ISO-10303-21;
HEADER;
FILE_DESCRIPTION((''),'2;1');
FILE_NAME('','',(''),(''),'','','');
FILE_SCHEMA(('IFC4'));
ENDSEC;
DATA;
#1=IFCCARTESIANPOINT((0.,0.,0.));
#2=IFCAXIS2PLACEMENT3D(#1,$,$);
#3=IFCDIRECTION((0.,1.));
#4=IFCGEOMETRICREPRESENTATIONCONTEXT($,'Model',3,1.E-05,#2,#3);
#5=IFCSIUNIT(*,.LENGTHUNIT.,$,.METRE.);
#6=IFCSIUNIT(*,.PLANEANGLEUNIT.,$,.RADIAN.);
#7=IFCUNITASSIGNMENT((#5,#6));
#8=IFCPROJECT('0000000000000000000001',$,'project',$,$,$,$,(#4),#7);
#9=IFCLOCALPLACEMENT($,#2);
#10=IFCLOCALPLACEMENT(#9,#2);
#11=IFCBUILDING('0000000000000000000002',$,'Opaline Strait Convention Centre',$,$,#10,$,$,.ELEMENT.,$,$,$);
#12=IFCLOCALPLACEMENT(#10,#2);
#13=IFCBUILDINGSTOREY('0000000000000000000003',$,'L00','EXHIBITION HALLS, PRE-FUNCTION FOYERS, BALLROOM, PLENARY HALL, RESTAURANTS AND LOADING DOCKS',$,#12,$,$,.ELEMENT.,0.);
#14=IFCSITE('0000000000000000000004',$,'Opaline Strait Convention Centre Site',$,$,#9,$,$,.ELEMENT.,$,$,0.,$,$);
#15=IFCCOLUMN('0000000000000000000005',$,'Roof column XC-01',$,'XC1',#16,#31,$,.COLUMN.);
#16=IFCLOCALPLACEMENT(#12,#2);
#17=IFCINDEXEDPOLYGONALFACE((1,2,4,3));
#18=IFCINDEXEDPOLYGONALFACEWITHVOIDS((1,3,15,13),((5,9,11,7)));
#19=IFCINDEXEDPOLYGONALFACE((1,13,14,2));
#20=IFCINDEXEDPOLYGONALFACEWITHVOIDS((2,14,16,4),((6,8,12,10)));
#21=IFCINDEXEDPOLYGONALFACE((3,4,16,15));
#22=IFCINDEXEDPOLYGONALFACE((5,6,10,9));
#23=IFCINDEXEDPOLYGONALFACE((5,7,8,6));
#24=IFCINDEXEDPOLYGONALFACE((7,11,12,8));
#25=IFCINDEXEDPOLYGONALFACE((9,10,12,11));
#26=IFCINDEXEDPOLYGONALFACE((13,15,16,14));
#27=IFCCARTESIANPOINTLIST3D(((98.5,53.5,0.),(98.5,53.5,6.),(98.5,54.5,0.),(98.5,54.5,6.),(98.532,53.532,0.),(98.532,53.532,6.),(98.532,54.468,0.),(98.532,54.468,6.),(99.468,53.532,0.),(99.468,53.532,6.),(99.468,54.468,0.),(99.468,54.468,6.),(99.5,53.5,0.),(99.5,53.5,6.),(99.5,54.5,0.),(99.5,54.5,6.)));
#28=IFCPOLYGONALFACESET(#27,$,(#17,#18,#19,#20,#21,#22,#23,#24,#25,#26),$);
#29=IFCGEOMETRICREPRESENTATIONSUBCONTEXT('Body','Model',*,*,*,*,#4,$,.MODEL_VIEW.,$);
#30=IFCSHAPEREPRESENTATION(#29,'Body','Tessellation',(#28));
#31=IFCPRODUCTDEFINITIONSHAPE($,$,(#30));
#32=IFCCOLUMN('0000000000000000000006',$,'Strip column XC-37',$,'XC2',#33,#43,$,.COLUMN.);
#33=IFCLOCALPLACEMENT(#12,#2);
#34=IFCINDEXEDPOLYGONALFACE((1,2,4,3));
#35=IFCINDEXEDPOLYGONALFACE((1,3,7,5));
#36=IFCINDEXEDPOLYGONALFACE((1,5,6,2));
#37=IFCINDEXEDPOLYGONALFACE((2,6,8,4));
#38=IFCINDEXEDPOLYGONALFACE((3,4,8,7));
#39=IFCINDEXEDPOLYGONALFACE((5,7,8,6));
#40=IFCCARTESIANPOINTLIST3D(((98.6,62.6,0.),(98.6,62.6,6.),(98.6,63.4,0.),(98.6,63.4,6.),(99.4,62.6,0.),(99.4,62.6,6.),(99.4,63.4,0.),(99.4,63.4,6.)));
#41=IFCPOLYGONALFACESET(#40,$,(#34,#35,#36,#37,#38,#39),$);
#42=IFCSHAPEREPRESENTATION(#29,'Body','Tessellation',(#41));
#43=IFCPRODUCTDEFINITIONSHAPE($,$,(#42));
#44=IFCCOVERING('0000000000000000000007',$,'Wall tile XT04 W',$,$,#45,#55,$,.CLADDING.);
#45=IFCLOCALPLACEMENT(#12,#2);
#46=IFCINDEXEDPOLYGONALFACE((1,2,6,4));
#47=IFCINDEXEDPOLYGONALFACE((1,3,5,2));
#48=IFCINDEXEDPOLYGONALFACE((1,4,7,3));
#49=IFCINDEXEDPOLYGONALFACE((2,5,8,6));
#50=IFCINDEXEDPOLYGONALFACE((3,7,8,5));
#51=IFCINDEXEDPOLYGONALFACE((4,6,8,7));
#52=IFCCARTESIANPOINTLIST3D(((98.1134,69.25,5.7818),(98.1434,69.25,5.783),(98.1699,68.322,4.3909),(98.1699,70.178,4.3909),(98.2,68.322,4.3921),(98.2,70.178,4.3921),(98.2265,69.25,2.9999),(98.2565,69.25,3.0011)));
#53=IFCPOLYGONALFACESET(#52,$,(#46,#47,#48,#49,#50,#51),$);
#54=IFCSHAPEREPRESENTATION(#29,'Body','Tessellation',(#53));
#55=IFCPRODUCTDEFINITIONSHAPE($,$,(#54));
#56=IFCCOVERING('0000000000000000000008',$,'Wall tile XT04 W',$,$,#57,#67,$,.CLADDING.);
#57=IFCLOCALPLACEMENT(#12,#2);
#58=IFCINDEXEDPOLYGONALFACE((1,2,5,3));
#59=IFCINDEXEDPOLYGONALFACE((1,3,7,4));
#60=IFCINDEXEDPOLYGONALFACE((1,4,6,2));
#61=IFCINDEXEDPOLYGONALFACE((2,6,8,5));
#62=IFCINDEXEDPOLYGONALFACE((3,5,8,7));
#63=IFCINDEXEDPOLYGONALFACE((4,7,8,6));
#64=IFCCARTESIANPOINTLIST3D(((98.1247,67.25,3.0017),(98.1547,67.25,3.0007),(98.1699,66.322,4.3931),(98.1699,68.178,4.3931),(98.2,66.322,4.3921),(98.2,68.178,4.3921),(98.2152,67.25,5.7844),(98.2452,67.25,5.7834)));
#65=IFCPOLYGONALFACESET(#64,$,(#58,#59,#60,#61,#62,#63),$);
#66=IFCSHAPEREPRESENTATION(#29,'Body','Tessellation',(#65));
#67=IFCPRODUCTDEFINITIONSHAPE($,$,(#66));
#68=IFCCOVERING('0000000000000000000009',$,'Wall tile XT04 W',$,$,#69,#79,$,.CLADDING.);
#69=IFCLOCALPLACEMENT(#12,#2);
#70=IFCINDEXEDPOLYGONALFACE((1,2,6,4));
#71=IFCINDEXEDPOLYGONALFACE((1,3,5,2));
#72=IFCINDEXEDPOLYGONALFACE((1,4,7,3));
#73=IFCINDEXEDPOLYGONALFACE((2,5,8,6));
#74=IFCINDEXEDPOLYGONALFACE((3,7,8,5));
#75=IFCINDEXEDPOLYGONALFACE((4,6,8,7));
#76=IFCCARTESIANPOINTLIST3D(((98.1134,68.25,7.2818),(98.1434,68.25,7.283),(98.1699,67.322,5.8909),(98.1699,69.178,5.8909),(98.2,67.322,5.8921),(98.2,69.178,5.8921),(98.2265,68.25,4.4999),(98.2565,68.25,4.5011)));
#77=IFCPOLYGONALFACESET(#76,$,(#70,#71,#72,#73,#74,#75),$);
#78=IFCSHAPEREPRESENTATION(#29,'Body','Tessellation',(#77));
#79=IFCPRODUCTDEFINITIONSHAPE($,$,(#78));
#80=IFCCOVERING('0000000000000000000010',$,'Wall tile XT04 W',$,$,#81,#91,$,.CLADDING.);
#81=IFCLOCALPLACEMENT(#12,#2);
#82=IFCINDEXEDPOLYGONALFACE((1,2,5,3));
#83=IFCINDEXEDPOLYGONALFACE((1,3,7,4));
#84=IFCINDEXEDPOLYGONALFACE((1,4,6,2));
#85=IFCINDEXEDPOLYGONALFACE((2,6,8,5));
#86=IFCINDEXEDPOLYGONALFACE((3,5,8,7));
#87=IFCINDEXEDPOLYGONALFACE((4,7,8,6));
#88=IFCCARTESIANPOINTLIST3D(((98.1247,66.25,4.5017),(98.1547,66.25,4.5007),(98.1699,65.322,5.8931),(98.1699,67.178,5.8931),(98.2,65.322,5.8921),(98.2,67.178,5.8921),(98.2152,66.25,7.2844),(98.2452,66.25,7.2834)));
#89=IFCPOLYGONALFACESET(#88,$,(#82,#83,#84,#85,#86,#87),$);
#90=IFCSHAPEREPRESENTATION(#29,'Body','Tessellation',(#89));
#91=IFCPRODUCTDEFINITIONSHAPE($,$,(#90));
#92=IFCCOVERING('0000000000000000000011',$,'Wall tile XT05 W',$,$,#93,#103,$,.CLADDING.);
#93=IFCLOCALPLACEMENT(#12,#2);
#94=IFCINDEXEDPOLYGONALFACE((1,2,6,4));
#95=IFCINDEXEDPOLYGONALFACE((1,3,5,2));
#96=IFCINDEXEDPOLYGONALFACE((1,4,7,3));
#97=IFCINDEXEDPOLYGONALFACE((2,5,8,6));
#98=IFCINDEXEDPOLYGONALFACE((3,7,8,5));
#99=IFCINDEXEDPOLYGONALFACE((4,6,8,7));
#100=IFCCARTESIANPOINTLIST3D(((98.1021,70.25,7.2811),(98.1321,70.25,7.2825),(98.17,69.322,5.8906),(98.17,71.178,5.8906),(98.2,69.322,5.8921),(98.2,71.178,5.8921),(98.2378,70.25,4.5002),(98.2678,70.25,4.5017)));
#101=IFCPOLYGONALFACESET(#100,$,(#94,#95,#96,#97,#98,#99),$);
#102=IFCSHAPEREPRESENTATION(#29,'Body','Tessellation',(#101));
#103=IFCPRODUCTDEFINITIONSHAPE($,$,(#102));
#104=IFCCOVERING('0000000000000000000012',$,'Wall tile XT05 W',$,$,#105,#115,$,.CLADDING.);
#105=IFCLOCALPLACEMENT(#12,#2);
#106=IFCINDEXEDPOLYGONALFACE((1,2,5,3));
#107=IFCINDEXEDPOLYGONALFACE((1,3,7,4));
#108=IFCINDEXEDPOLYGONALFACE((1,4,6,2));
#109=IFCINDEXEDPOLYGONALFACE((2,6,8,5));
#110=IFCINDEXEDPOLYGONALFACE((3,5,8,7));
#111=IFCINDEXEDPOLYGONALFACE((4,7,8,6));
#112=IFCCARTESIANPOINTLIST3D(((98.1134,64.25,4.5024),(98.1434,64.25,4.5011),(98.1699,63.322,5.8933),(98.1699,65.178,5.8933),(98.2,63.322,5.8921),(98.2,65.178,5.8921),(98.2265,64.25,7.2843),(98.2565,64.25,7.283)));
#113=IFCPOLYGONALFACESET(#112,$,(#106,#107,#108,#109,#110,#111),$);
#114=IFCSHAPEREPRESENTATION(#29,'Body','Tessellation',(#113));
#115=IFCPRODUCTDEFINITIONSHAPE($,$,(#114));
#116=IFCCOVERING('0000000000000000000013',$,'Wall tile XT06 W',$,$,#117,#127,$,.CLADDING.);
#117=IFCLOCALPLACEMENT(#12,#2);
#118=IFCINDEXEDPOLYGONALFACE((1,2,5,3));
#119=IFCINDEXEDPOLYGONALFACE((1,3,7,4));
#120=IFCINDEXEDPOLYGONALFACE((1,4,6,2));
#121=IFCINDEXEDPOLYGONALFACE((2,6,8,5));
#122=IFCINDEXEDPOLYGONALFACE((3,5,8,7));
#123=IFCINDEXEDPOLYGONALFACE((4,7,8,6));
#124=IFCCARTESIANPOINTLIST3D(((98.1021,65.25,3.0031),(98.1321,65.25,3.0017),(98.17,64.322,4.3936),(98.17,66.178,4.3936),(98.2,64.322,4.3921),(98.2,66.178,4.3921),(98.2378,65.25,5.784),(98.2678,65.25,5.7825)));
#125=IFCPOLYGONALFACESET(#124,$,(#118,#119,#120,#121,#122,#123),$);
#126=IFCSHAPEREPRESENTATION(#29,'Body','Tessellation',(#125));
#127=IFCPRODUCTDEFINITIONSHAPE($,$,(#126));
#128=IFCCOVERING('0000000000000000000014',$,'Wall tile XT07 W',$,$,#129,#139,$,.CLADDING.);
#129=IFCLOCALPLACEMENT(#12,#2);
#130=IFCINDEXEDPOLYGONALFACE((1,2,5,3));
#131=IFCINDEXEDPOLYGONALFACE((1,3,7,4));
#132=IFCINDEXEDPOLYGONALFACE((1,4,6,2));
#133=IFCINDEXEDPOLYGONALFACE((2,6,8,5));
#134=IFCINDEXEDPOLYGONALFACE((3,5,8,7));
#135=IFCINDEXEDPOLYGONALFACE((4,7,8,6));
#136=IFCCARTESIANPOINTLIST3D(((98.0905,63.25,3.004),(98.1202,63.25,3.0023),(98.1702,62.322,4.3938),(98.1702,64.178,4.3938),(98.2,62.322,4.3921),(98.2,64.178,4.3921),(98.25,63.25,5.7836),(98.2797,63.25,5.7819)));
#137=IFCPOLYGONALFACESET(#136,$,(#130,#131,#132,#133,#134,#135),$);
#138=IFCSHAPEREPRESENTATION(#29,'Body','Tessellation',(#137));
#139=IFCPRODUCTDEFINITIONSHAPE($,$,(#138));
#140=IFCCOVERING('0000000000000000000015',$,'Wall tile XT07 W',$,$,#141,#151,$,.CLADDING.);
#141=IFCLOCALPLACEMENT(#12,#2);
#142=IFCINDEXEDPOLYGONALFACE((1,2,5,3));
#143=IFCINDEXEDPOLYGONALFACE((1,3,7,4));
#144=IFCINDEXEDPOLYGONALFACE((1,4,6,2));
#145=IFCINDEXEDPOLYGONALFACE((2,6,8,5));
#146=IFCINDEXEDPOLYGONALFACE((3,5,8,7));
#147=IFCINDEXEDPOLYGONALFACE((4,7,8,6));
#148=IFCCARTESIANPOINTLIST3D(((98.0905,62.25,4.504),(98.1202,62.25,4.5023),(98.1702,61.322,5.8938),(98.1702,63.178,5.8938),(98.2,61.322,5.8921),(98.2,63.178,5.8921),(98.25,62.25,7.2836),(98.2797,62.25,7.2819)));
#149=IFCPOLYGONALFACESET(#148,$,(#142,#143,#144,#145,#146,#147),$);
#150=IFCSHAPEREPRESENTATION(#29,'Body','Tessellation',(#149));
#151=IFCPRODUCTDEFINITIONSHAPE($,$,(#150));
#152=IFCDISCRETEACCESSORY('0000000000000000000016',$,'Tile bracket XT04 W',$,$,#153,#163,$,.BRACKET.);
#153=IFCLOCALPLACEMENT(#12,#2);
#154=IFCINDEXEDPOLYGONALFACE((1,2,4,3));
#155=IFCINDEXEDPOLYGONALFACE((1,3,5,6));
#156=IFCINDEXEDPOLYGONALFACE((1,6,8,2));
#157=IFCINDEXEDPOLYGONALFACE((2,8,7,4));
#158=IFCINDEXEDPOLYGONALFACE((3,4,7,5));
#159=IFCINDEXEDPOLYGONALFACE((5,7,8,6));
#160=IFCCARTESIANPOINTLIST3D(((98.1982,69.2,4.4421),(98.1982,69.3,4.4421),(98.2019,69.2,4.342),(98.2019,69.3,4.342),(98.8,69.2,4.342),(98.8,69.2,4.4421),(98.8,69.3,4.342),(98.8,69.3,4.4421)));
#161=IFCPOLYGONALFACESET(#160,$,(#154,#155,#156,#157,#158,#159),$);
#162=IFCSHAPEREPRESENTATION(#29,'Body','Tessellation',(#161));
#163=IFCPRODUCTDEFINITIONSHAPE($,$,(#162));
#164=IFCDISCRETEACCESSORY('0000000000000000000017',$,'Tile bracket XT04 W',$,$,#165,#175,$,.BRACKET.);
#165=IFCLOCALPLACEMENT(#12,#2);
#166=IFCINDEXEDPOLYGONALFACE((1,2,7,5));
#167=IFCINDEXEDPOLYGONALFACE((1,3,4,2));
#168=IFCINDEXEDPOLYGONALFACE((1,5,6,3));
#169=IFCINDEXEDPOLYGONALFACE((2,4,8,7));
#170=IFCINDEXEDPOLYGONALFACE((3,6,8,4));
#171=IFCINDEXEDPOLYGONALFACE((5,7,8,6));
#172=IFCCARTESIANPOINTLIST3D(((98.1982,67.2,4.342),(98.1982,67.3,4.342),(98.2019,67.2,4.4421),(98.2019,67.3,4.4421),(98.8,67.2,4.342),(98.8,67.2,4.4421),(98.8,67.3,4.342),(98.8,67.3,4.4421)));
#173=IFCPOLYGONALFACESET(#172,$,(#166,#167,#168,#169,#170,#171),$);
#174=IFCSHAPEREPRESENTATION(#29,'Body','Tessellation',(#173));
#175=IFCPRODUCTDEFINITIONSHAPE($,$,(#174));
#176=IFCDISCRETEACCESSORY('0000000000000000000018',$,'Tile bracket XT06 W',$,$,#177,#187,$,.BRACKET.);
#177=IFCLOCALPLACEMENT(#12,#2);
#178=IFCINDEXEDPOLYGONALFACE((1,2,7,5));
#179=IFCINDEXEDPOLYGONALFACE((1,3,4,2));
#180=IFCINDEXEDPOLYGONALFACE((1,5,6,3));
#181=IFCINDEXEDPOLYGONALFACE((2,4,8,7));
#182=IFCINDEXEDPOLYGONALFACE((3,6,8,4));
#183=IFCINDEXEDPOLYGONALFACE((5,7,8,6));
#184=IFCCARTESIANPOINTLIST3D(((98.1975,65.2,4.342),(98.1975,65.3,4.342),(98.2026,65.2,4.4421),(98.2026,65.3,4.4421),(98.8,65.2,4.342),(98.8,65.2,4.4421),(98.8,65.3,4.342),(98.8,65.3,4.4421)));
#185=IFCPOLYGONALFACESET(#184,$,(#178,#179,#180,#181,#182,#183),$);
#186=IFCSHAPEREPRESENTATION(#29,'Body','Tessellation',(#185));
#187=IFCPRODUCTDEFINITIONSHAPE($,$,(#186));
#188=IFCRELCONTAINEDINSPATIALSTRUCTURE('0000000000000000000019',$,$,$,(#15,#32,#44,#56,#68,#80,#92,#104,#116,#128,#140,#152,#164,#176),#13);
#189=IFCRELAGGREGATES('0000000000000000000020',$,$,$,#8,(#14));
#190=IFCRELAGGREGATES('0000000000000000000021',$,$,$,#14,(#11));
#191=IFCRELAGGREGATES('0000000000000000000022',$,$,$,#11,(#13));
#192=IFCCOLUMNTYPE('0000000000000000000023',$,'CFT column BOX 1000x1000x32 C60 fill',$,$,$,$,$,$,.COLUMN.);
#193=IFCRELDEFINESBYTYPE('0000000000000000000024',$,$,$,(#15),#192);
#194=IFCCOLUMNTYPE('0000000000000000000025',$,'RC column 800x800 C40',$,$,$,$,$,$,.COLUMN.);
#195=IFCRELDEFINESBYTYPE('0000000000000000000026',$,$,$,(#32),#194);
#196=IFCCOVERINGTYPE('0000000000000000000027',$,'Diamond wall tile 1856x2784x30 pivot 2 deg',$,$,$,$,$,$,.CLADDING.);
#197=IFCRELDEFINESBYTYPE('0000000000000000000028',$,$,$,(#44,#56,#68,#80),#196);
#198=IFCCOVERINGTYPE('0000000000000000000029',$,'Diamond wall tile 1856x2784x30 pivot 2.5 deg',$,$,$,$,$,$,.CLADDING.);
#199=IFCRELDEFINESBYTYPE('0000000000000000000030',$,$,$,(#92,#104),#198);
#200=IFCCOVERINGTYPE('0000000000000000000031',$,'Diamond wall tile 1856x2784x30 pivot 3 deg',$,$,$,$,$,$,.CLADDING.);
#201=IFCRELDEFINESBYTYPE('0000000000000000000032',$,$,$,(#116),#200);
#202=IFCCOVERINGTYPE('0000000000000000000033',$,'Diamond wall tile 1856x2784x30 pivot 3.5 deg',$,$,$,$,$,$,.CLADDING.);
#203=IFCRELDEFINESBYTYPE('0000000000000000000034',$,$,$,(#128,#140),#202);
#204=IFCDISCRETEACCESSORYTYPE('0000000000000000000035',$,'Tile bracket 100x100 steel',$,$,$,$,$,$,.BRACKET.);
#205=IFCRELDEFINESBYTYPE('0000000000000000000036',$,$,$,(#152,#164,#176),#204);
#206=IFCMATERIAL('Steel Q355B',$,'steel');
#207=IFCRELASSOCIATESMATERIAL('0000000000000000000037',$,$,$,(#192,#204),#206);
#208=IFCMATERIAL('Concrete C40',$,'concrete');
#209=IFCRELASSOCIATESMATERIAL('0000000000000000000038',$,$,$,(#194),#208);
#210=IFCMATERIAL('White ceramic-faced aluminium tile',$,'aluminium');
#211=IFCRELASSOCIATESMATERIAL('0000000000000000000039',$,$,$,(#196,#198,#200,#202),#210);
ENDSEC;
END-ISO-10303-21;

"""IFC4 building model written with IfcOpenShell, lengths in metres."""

from ifc_helpers import new_model, si_unit, direction, frame, origin, origin_2d, place, context, subcontext, project, spatial, polyline, rectangle, hollow_rectangle, outline, extrude, material, material_profile, profile_set, type_object, element, save


model = new_model("IFC4")

# Units and contexts
model_context = context("Model", 3, precision=1e-05, world=origin(), true_north=direction((0.0, 1.0)))
body_context = subcontext(model_context, "Body", "Model", "MODEL_VIEW")
ifc_project = project(units=[si_unit("LENGTHUNIT", "METRE"), si_unit("PLANEANGLEUNIT", "RADIAN")], contexts=[model_context])

# Site, building, storey
site_placement = place(None, origin())
site = spatial("IfcSite", under=ifc_project, at=site_placement, Name="Opaline Strait Convention Centre Site", CompositionType="ELEMENT", RefElevation=0.0)
building_placement = place(site_placement, origin())
building = spatial("IfcBuilding", under=site, at=building_placement, Name="Opaline Strait Convention Centre", CompositionType="ELEMENT")
storey_placement = place(building_placement, origin())
storey = spatial("IfcBuildingStorey", under=building, at=storey_placement, Name="L00", Description="EXHIBITION HALLS, PRE-FUNCTION FOYERS, BALLROOM, PLENARY HALL, RESTAURANTS AND LOADING DOCKS", CompositionType="ELEMENT", Elevation=0.0)

# Columns
ifc_material_1 = material(Name="Steel Q355B", Category="steel")
ifc_material_profile_1 = material_profile(ifc_material_1, hollow_rectangle(XDim=1.0, YDim=1.0, WallThickness=0.032, at=origin_2d()), Name="BOX 1000x1000x32")
ifc_profile_set_1 = profile_set([ifc_material_profile_1], Name="Steel Q355B")
column_type_1 = type_object("IfcColumnType", Name="CFT column BOX 1000x1000x32 C60 fill", PredefinedType="COLUMN", material=ifc_profile_set_1)
column_1_placement = place(storey_placement, frame((99.0, 54.0, 0.0), z_axis=(0.0, 0.0, 1.0), x_axis=(1.0, 0.0, 0.0)))
element("IfcColumn", 1, at=column_1_placement, inside=storey, type_object=column_type_1, Name="Roof column XC-01", ObjectType="XC1", PredefinedType="COLUMN", context=body_context, shape_type="SweptSolid", body=[
    extrude(hollow_rectangle(XDim=1.0, YDim=1.0, WallThickness=0.032, at=origin_2d()), origin(), (0.0, 0.0, 1.0), 6.0),
])
ifc_material_2 = material(Name="Concrete C40", Category="concrete")
ifc_material_profile_2 = material_profile(ifc_material_2, rectangle(XDim=0.8, YDim=0.8, at=origin_2d()), Name="RC 800x800")
ifc_profile_set_2 = profile_set([ifc_material_profile_2], Name="Concrete C40")
column_type_2 = type_object("IfcColumnType", Name="RC column 800x800 C40", PredefinedType="COLUMN", material=ifc_profile_set_2)
column_2_placement = place(storey_placement, frame((99.0, 63.0, 0.0), z_axis=(0.0, 0.0, 1.0), x_axis=(1.0, 0.0, 0.0)))
element("IfcColumn", 2, at=column_2_placement, inside=storey, type_object=column_type_2, Name="Strip column XC-37", ObjectType="XC2", PredefinedType="COLUMN", context=body_context, shape_type="SweptSolid", body=[
    extrude(rectangle(XDim=0.8, YDim=0.8, at=origin_2d()), origin(), (0.0, 0.0, 1.0), 6.0),
])

# Coverings
ifc_material_3 = material(Name="White ceramic-faced aluminium tile", Category="aluminium")
ifc_material_profile_3 = material_profile(ifc_material_3, outline(polyline([(0.928, 0.0), (0.0, 1.3921), (-0.928, 0.0), (0.0, -1.3921), (0.928, 0.0)])), Name="Diamond tile 1856x2784")
ifc_profile_set_3 = profile_set([ifc_material_profile_3], Name="White ceramic-faced aluminium tile")
covering_type_1 = type_object("IfcCoveringType", Name="Diamond wall tile 1856x2784x30 pivot 2 deg", PredefinedType="CLADDING", material=ifc_profile_set_3)
for number, where, z_axis, x_axis, name in (
    (3, (98.2, 69.25, 4.3921), (-0.999175, 0.0, -0.040617), (0.0, -1.0, 0.0), "Wall tile XT04 W"),
    (4, (98.2, 67.25, 4.3921), (-0.999472, 0.0, 0.032503), (0.0, -1.0, 0.0), "Wall tile XT04 W"),
    (5, (98.2, 68.25, 5.8921), (-0.999175, 0.0, -0.040617), (0.0, -1.0, 0.0), "Wall tile XT04 W"),
    (6, (98.2, 66.25, 5.8921), (-0.999472, 0.0, 0.032503), (0.0, -1.0, 0.0), "Wall tile XT04 W"),
):
    element("IfcCovering", number, at=place(storey_placement, frame(where, z_axis=z_axis, x_axis=x_axis)), inside=storey, type_object=covering_type_1, Name=name, PredefinedType="CLADDING", context=body_context, shape_type="SweptSolid", body=[
        extrude(outline(polyline([(0.928, 0.0), (0.0, 1.3921), (-0.928, 0.0), (0.0, -1.3921), (0.928, 0.0)])), origin(), (0.0, 0.0, 1.0), 0.03),
    ])
ifc_material_profile_4 = material_profile(ifc_material_3, outline(polyline([(0.928, 0.0), (0.0, 1.3921), (-0.928, 0.0), (0.0, -1.3921), (0.928, 0.0)])), Name="Diamond tile 1856x2784")
ifc_profile_set_4 = profile_set([ifc_material_profile_4], Name="White ceramic-faced aluminium tile")
covering_type_2 = type_object("IfcCoveringType", Name="Diamond wall tile 1856x2784x30 pivot 2.5 deg", PredefinedType="CLADDING", material=ifc_profile_set_4)
for number, where, z_axis, x_axis, name in (
    (7, (98.2, 70.25, 5.8921), (-0.998812, 0.0, -0.048723), (0.0, -1.0, 0.0), "Wall tile XT05 W"),
    (8, (98.2, 64.25, 5.8921), (-0.999175, 0.0, 0.040617), (0.0, -1.0, 0.0), "Wall tile XT05 W"),
):
    element("IfcCovering", number, at=place(storey_placement, frame(where, z_axis=z_axis, x_axis=x_axis)), inside=storey, type_object=covering_type_2, Name=name, PredefinedType="CLADDING", context=body_context, shape_type="SweptSolid", body=[
        extrude(outline(polyline([(0.928, 0.0), (0.0, 1.3921), (-0.928, 0.0), (0.0, -1.3921), (0.928, 0.0)])), origin(), (0.0, 0.0, 1.0), 0.03),
    ])
ifc_material_profile_5 = material_profile(ifc_material_3, outline(polyline([(0.928, 0.0), (0.0, 1.3921), (-0.928, 0.0), (0.0, -1.3921), (0.928, 0.0)])), Name="Diamond tile 1856x2784")
ifc_profile_set_5 = profile_set([ifc_material_profile_5], Name="White ceramic-faced aluminium tile")
covering_type_3 = type_object("IfcCoveringType", Name="Diamond wall tile 1856x2784x30 pivot 3 deg", PredefinedType="CLADDING", material=ifc_profile_set_5)
covering_placement = place(storey_placement, frame((98.2, 65.25, 4.3921), z_axis=(-0.998812, 0.0, 0.048723), x_axis=(0.0, -1.0, 0.0)))
element("IfcCovering", 9, at=covering_placement, inside=storey, type_object=covering_type_3, Name="Wall tile XT06 W", PredefinedType="CLADDING", context=body_context, shape_type="SweptSolid", body=[
    extrude(outline(polyline([(0.928, 0.0), (0.0, 1.3921), (-0.928, 0.0), (0.0, -1.3921), (0.928, 0.0)])), origin(), (0.0, 0.0, 1.0), 0.03),
])
ifc_material_profile_6 = material_profile(ifc_material_3, outline(polyline([(0.928, 0.0), (0.0, 1.3921), (-0.928, 0.0), (0.0, -1.3921), (0.928, 0.0)])), Name="Diamond tile 1856x2784")
ifc_profile_set_6 = profile_set([ifc_material_profile_6], Name="White ceramic-faced aluminium tile")
covering_type_4 = type_object("IfcCoveringType", Name="Diamond wall tile 1856x2784x30 pivot 3.5 deg", PredefinedType="CLADDING", material=ifc_profile_set_6)
for number, where, z_axis, x_axis, name in (
    (10, (98.2, 63.25, 4.3921), (-0.998358, 0.0, 0.057283), (0.0, -1.0, 0.0), "Wall tile XT07 W"),
    (11, (98.2, 62.25, 5.8921), (-0.998358, 0.0, 0.057283), (0.0, -1.0, 0.0), "Wall tile XT07 W"),
):
    element("IfcCovering", number, at=place(storey_placement, frame(where, z_axis=z_axis, x_axis=x_axis)), inside=storey, type_object=covering_type_4, Name=name, PredefinedType="CLADDING", context=body_context, shape_type="SweptSolid", body=[
        extrude(outline(polyline([(0.928, 0.0), (0.0, 1.3921), (-0.928, 0.0), (0.0, -1.3921), (0.928, 0.0)])), origin(), (0.0, 0.0, 1.0), 0.0298),
    ])

# Discrete accessories
discrete_accessory_type = type_object("IfcDiscreteAccessoryType", Name="Tile bracket 100x100 steel", PredefinedType="BRACKET", material=ifc_material_1)
discrete_accessory_1_placement = place(storey_placement, frame((98.8, 69.3, 4.3921), z_axis=(0.0, -1.0, 0.0), x_axis=(1.0, 0.0, 0.0)))
element("IfcDiscreteAccessory", 12, at=discrete_accessory_1_placement, inside=storey, type_object=discrete_accessory_type, Name="Tile bracket XT04 W", PredefinedType="BRACKET", context=body_context, shape_type="SweptSolid", body=[
    extrude(outline(polyline([(0.0, -0.05), (0.0, 0.05), (-0.6018, 0.05), (-0.5981, -0.05), (0.0, -0.05)])), origin(), (0.0, 0.0, 1.0), 0.1001),
])
discrete_accessory_2_placement = place(storey_placement, frame((98.8, 67.3, 4.3921), z_axis=(0.0, -1.0, 0.0), x_axis=(1.0, 0.0, 0.0)))
element("IfcDiscreteAccessory", 13, at=discrete_accessory_2_placement, inside=storey, type_object=discrete_accessory_type, Name="Tile bracket XT04 W", PredefinedType="BRACKET", context=body_context, shape_type="SweptSolid", body=[
    extrude(outline(polyline([(0.0, -0.05), (0.0, 0.05), (-0.5981, 0.05), (-0.6018, -0.05), (0.0, -0.05)])), origin(), (0.0, 0.0, 1.0), 0.1001),
])
discrete_accessory_3_placement = place(storey_placement, frame((98.8, 65.3, 4.3921), z_axis=(0.0, -1.0, 0.0), x_axis=(1.0, 0.0, 0.0)))
element("IfcDiscreteAccessory", 14, at=discrete_accessory_3_placement, inside=storey, type_object=discrete_accessory_type, Name="Tile bracket XT06 W", PredefinedType="BRACKET", context=body_context, shape_type="SweptSolid", body=[
    extrude(outline(polyline([(0.0, -0.05), (0.0, 0.05), (-0.5974, 0.05), (-0.6025, -0.05), (0.0, -0.05)])), origin(), (0.0, 0.0, 1.0), 0.1001),
])

save(model, "model.ifc")
